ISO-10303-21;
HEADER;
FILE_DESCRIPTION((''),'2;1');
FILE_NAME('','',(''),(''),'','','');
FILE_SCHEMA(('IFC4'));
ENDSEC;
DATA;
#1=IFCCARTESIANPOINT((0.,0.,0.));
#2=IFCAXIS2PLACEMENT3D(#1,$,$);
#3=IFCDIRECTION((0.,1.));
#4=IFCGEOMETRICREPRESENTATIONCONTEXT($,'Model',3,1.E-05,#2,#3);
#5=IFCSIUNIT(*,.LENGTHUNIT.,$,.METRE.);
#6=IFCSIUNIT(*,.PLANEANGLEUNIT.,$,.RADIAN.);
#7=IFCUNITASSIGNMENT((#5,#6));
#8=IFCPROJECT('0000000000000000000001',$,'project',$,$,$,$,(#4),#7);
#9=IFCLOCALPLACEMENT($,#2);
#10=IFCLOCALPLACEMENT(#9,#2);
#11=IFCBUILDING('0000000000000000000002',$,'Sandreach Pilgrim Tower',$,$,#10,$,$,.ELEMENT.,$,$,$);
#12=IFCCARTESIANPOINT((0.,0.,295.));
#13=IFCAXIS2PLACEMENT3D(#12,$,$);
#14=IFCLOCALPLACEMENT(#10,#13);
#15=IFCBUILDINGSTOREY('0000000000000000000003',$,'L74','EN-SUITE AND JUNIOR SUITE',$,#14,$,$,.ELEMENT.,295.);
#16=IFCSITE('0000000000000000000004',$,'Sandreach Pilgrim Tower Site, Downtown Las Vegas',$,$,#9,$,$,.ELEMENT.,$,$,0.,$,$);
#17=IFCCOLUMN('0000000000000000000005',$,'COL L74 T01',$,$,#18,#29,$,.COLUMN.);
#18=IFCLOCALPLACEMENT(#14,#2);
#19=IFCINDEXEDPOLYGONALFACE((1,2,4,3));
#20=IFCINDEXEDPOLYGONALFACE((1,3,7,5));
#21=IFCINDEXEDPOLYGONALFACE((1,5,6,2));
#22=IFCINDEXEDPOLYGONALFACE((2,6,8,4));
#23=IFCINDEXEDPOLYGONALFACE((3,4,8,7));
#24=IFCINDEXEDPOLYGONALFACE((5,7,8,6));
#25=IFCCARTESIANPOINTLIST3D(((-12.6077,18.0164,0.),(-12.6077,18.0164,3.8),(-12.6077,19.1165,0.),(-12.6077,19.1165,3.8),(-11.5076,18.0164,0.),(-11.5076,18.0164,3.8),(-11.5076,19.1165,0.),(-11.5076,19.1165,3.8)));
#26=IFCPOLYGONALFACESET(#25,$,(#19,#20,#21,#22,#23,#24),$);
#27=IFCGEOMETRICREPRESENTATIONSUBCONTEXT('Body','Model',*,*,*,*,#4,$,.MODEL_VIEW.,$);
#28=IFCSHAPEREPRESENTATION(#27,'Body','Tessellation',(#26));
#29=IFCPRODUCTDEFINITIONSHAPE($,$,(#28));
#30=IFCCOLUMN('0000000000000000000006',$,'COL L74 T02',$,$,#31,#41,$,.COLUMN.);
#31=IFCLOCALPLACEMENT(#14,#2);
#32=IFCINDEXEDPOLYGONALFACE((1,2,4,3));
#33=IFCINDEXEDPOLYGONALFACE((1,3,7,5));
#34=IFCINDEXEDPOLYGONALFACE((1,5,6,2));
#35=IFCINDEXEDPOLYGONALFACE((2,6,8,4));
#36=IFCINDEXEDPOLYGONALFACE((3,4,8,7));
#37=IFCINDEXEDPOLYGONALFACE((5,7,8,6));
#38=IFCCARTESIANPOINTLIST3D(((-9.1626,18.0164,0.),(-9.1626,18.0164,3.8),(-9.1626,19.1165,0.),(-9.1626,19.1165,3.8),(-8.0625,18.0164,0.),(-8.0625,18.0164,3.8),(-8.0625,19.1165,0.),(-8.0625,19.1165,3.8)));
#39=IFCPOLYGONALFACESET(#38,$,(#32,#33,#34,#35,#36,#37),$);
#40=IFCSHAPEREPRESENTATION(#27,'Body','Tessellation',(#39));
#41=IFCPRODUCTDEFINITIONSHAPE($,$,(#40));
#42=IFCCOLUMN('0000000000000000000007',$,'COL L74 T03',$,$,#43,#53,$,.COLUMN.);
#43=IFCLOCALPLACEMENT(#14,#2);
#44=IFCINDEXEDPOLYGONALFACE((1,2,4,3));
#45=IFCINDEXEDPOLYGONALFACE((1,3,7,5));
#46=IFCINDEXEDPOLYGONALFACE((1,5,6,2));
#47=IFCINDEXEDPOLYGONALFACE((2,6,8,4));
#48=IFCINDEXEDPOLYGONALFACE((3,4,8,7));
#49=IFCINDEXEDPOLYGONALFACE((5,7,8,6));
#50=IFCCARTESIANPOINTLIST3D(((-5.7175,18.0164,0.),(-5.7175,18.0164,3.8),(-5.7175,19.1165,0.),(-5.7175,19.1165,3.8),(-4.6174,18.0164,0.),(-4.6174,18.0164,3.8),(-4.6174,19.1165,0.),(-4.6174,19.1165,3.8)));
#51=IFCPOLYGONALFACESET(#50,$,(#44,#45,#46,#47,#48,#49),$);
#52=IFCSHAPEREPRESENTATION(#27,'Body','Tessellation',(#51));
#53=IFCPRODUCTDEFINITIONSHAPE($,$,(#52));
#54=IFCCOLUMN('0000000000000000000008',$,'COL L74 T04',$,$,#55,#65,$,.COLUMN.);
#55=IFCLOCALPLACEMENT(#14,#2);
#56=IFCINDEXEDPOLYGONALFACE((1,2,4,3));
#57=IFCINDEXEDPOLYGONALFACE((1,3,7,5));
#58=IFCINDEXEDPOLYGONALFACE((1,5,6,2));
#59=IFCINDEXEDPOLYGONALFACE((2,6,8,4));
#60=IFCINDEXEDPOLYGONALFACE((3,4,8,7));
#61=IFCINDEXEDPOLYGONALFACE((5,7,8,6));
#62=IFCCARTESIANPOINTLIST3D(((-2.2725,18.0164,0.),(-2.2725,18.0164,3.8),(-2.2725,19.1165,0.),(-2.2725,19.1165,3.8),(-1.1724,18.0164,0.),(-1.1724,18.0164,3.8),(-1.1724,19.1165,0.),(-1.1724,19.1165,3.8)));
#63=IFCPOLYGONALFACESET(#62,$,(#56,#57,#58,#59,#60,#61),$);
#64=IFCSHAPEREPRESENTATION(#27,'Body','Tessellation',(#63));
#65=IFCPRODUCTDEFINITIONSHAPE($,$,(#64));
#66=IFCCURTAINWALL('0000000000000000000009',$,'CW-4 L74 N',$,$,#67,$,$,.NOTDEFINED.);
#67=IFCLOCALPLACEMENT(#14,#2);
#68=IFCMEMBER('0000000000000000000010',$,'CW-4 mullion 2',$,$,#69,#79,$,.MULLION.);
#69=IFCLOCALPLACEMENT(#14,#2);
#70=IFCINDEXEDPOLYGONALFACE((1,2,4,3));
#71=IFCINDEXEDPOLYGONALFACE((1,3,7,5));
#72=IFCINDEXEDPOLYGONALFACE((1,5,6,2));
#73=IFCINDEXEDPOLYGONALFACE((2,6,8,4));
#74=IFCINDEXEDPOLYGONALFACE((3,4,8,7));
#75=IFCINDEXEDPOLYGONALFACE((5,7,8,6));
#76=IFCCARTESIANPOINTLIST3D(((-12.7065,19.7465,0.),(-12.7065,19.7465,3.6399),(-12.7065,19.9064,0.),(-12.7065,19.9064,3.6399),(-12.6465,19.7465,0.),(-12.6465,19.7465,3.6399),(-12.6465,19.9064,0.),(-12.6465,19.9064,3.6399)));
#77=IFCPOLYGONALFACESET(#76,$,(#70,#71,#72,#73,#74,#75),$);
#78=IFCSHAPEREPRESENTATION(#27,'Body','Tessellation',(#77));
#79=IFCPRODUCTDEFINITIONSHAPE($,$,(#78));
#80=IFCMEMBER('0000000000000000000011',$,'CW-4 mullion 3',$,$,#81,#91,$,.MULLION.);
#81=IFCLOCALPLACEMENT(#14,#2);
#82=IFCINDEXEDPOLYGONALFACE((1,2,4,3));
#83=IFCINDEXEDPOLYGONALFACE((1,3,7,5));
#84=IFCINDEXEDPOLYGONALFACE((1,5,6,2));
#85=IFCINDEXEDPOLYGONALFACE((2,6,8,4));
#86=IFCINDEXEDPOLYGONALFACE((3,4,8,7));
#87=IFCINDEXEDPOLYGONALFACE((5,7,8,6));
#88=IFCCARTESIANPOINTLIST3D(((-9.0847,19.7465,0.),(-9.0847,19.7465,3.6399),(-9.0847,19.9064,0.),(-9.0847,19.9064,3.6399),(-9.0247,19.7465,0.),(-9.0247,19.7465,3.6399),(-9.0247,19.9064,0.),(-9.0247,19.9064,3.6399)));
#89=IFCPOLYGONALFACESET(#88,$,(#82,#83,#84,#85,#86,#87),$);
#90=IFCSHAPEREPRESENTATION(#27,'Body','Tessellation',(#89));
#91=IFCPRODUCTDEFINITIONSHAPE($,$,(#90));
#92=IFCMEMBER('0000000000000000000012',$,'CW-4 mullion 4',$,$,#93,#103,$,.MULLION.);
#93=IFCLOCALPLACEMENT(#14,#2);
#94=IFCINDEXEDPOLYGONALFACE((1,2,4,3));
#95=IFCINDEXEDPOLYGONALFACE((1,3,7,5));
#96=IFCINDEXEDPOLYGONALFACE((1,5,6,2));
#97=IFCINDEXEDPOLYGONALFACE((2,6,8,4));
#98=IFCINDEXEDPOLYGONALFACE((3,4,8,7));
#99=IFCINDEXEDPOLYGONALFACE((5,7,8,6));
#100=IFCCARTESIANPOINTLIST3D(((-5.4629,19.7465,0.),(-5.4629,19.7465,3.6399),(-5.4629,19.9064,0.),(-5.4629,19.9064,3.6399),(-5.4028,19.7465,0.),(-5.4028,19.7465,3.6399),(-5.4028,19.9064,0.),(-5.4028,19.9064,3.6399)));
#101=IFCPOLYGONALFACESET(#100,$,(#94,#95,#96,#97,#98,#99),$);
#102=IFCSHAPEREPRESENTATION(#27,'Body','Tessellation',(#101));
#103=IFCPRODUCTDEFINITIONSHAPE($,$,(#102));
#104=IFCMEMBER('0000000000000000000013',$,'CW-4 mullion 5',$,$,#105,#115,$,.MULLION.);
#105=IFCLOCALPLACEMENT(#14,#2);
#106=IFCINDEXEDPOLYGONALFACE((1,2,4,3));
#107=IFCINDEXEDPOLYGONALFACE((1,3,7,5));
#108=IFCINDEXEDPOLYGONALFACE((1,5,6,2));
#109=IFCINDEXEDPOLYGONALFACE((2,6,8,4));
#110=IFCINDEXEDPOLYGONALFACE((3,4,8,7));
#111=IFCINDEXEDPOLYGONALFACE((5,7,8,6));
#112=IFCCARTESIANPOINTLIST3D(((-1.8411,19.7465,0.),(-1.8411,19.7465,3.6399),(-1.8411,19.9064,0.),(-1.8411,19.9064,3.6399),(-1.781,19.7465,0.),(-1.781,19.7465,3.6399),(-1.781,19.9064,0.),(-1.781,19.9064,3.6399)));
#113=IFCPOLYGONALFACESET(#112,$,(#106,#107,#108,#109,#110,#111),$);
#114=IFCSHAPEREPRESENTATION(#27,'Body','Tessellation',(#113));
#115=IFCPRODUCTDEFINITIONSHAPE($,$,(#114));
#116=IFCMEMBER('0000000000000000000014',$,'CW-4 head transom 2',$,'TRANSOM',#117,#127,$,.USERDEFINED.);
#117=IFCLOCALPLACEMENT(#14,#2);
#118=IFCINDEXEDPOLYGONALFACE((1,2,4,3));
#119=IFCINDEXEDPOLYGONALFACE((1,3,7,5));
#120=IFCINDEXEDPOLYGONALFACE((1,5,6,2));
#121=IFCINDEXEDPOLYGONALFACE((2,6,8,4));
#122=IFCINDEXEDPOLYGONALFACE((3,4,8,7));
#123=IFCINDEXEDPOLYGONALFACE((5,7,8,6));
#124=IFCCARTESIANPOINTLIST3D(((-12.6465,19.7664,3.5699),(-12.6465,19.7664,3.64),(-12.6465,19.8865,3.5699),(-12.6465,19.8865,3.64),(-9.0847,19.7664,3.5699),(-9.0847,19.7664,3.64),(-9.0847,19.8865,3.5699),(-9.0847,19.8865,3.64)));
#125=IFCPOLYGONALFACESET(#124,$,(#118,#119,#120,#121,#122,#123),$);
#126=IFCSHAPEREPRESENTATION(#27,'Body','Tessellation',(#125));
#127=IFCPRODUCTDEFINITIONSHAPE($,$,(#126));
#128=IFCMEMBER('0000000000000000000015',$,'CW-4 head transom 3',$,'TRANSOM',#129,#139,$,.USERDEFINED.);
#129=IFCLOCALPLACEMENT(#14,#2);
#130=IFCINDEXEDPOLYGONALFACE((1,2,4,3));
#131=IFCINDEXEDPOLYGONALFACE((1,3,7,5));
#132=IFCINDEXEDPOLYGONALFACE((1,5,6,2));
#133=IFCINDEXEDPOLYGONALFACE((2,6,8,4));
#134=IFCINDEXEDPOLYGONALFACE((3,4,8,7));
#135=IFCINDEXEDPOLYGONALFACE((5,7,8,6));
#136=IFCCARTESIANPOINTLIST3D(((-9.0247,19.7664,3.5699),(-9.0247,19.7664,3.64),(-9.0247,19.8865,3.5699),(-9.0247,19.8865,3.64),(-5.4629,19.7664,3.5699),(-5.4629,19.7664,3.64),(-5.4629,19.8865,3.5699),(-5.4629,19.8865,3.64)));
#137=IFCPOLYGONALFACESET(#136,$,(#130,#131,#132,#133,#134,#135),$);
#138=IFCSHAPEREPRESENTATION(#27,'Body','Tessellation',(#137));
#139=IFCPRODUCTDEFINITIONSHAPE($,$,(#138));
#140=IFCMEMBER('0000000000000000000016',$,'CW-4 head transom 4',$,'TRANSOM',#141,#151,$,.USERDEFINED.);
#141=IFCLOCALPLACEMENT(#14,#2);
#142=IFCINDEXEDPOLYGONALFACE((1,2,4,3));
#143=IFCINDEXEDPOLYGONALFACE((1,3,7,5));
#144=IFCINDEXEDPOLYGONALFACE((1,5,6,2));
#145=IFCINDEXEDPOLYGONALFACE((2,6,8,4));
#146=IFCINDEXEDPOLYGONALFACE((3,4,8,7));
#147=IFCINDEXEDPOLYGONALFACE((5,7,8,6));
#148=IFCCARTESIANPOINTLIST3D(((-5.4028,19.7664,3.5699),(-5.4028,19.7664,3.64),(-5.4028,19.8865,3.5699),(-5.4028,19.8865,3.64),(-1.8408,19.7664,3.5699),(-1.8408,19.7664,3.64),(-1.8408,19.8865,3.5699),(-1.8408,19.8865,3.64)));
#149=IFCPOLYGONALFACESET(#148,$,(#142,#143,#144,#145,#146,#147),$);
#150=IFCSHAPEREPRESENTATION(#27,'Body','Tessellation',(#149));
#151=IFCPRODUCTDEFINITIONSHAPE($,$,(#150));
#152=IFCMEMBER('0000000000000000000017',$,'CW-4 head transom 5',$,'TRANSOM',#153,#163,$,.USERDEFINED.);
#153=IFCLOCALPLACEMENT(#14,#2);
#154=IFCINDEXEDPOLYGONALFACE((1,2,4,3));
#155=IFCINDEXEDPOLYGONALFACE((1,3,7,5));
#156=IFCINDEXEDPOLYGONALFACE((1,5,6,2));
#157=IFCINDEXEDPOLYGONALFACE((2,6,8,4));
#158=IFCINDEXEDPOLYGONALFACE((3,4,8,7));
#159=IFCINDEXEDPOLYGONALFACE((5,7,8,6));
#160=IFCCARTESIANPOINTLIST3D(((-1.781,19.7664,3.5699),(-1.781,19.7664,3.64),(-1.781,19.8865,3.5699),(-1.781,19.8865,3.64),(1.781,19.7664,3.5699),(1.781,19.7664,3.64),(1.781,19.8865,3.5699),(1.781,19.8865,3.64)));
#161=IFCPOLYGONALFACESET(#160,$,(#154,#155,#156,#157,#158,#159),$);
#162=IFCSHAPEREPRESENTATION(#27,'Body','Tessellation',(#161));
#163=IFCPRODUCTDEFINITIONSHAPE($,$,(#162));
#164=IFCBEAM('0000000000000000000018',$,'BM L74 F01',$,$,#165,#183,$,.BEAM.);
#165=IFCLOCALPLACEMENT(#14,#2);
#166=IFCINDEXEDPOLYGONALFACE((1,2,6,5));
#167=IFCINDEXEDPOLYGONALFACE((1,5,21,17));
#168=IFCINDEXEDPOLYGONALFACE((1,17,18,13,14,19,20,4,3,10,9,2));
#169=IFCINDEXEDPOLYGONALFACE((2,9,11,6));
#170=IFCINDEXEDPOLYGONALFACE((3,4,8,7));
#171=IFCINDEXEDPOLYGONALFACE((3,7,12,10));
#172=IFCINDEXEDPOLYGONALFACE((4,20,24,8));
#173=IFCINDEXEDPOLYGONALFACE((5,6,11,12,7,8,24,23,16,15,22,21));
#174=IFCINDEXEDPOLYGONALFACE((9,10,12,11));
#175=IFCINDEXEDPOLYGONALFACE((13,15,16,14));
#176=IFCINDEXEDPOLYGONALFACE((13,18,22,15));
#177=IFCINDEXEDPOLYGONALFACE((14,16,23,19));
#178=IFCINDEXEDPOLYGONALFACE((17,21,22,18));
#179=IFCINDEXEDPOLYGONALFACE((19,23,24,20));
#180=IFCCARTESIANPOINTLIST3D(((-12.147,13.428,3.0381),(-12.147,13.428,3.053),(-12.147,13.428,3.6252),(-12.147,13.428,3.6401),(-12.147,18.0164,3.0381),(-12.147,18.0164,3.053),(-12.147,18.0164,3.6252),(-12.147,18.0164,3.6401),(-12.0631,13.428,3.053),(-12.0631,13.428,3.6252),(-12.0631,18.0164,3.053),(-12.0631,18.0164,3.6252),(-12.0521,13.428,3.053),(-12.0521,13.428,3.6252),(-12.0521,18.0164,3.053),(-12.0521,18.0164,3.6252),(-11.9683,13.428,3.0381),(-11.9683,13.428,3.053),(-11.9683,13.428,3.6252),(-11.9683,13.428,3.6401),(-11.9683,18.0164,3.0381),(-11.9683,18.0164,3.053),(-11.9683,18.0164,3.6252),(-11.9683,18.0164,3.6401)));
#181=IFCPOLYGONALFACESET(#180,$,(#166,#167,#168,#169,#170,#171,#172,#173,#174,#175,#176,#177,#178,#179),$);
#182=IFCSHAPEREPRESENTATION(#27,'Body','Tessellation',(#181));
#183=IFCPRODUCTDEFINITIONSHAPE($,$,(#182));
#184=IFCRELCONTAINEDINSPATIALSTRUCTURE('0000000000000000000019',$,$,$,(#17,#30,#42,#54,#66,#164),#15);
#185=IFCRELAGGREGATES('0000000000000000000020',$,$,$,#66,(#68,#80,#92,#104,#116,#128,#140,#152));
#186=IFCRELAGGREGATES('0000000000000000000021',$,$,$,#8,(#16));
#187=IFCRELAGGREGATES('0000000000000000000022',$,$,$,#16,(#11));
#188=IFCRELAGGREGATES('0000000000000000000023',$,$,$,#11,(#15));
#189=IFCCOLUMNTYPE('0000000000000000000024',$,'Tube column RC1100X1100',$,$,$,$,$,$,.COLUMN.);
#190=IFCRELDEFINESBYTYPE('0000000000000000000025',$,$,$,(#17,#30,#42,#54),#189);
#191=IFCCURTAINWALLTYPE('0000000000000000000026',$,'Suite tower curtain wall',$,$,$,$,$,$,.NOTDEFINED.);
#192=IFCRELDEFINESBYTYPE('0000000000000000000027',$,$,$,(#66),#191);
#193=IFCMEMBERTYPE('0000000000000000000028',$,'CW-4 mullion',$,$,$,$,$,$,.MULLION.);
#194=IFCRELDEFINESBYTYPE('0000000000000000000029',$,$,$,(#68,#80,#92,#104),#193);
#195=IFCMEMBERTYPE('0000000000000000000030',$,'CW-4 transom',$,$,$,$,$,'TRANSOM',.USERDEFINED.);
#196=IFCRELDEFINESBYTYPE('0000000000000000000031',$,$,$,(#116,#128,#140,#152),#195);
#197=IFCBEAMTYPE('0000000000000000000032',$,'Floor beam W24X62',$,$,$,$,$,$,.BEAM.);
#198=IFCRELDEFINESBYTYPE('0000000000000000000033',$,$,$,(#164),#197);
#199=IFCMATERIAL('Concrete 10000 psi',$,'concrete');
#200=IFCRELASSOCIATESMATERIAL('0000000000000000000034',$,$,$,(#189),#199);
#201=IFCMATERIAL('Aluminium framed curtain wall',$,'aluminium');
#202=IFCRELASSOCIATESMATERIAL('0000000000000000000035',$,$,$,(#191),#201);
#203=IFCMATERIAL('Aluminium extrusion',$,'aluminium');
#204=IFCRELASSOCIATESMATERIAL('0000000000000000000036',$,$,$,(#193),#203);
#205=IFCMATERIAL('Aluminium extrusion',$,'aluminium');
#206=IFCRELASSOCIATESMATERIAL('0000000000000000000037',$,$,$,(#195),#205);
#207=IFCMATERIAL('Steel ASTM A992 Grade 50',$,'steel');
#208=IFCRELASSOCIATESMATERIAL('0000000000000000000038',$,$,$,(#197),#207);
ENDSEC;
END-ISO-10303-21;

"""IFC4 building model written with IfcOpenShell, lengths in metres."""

from ifc_helpers import new_model, si_unit, direction, frame, origin, origin_2d, place, context, subcontext, project, spatial, rectangle, i_section, extrude, material, material_profile, profile_set, type_object, element, aggregate, save


model = new_model("IFC4")

# Units and contexts
model_context = context("Model", 3, precision=1e-05, world=origin(), true_north=direction((0.0, 1.0)))
body_context = subcontext(model_context, "Body", "Model", "MODEL_VIEW")
ifc_project = project(units=[si_unit("LENGTHUNIT", "METRE"), si_unit("PLANEANGLEUNIT", "RADIAN")], contexts=[model_context])

# Site, building, storey
site_placement = place(None, origin())
site = spatial("IfcSite", under=ifc_project, at=site_placement, Name="Sandreach Pilgrim Tower Site, Downtown Las Vegas", CompositionType="ELEMENT", RefElevation=0.0)
building_placement = place(site_placement, origin())
building = spatial("IfcBuilding", under=site, at=building_placement, Name="Sandreach Pilgrim Tower", CompositionType="ELEMENT")
storey_placement = place(building_placement, frame((0.0, 0.0, 295.0)))
storey = spatial("IfcBuildingStorey", under=building, at=storey_placement, Name="L74", Description="EN-SUITE AND JUNIOR SUITE", CompositionType="ELEMENT", Elevation=295.0)

# Columns
ifc_material_1 = material(Name="Concrete 10000 psi", Category="concrete")
ifc_material_profile_1 = material_profile(ifc_material_1, rectangle(XDim=1.1001, YDim=1.1001, at=origin_2d()), Name="RC1100X1100")
ifc_profile_set_1 = profile_set([ifc_material_profile_1], Name="Concrete 10000 psi")
column_type = type_object("IfcColumnType", Name="Tube column RC1100X1100", PredefinedType="COLUMN", material=ifc_profile_set_1)
for number, where, z_axis, x_axis, name in (
    (1, (-12.0576, 18.5664, 0.0), (0.0, 0.0, 1.0), (0.0, 1.0, 0.0), "COL L74 T01"),
    (2, (-8.6125, 18.5664, 0.0), (0.0, 0.0, 1.0), (0.0, 1.0, 0.0), "COL L74 T02"),
    (3, (-5.1675, 18.5664, 0.0), (0.0, 0.0, 1.0), (0.0, 1.0, 0.0), "COL L74 T03"),
    (4, (-1.7224, 18.5664, 0.0), (0.0, 0.0, 1.0), (0.0, 1.0, 0.0), "COL L74 T04"),
):
    element("IfcColumn", number, at=place(storey_placement, frame(where, z_axis=z_axis, x_axis=x_axis)), inside=storey, type_object=column_type, Name=name, PredefinedType="COLUMN", context=body_context, shape_type="SweptSolid", body=[
        extrude(rectangle(XDim=1.1001, YDim=1.1001, at=origin_2d()), origin(), (0.0, 0.0, 1.0), 3.8),
    ])

# Curtain wall, members
ifc_material_2 = material(Name="Aluminium framed curtain wall", Category="aluminium")
curtain_wall_type = type_object("IfcCurtainWallType", Name="Suite tower curtain wall", PredefinedType="NOTDEFINED", material=ifc_material_2)
curtain_wall_placement = place(storey_placement, origin())
curtain_wall = element("IfcCurtainWall", 5, at=curtain_wall_placement, inside=storey, type_object=curtain_wall_type, Name="CW-4 L74 N", PredefinedType="NOTDEFINED")
ifc_material_3 = material(Name="Aluminium extrusion", Category="aluminium")
ifc_material_profile_2 = material_profile(ifc_material_3, rectangle(XDim=0.0601, YDim=0.1599, at=origin_2d()), Name="CW-4M 60X160")
ifc_profile_set_2 = profile_set([ifc_material_profile_2], Name="Aluminium extrusion")
member_type_1 = type_object("IfcMemberType", Name="CW-4 mullion", PredefinedType="MULLION", material=ifc_profile_set_2)
member_1_placement = place(storey_placement, frame((-12.6765, 19.8264, 0.0), z_axis=(0.0, 0.0, 1.0), x_axis=(1.0, 0.0, 0.0)))
member_1 = element("IfcMember", 6, at=member_1_placement, type_object=member_type_1, Name="CW-4 mullion 2", PredefinedType="MULLION", context=body_context, shape_type="SweptSolid", body=[
    extrude(rectangle(XDim=0.0601, YDim=0.1599, at=origin_2d()), origin(), (0.0, 0.0, 1.0), 3.6399),
])
member_2_placement = place(storey_placement, frame((-9.0547, 19.8264, 0.0), z_axis=(0.0, 0.0, 1.0), x_axis=(1.0, 0.0, 0.0)))
member_2 = element("IfcMember", 7, at=member_2_placement, type_object=member_type_1, Name="CW-4 mullion 3", PredefinedType="MULLION", context=body_context, shape_type="SweptSolid", body=[
    extrude(rectangle(XDim=0.0601, YDim=0.1599, at=origin_2d()), origin(), (0.0, 0.0, 1.0), 3.6399),
])
member_3_placement = place(storey_placement, frame((-5.4329, 19.8264, 0.0), z_axis=(0.0, 0.0, 1.0), x_axis=(1.0, 0.0, 0.0)))
member_3 = element("IfcMember", 8, at=member_3_placement, type_object=member_type_1, Name="CW-4 mullion 4", PredefinedType="MULLION", context=body_context, shape_type="SweptSolid", body=[
    extrude(rectangle(XDim=0.0601, YDim=0.1599, at=origin_2d()), origin(), (0.0, 0.0, 1.0), 3.6399),
])
member_4_placement = place(storey_placement, frame((-1.811, 19.8264, 0.0), z_axis=(0.0, 0.0, 1.0), x_axis=(1.0, 0.0, 0.0)))
member_4 = element("IfcMember", 9, at=member_4_placement, type_object=member_type_1, Name="CW-4 mullion 5", PredefinedType="MULLION", context=body_context, shape_type="SweptSolid", body=[
    extrude(rectangle(XDim=0.0601, YDim=0.1599, at=origin_2d()), origin(), (0.0, 0.0, 1.0), 3.6399),
])
ifc_material_4 = material(Name="Aluminium extrusion", Category="aluminium")
ifc_material_profile_3 = material_profile(ifc_material_4, rectangle(XDim=0.1201, YDim=0.0701, at=origin_2d()), Name="CW-4T 120X70")
ifc_profile_set_3 = profile_set([ifc_material_profile_3], Name="Aluminium extrusion")
member_type_2 = type_object("IfcMemberType", Name="CW-4 transom", ElementType="TRANSOM", PredefinedType="USERDEFINED", material=ifc_profile_set_3)
member_5_placement = place(storey_placement, frame((-12.6465, 19.8264, 3.605), z_axis=(1.0, 0.0, 0.0), x_axis=(0.0, 1.0, 0.0)))
member_5 = element("IfcMember", 10, at=member_5_placement, type_object=member_type_2, Name="CW-4 head transom 2", ObjectType="TRANSOM", PredefinedType="USERDEFINED", context=body_context, shape_type="SweptSolid", body=[
    extrude(rectangle(XDim=0.1201, YDim=0.0701, at=origin_2d()), origin(), (0.0, 0.0, 1.0), 3.5618),
])
member_6_placement = place(storey_placement, frame((-9.0247, 19.8264, 3.605), z_axis=(1.0, 0.0, 0.0), x_axis=(0.0, 1.0, 0.0)))
member_6 = element("IfcMember", 11, at=member_6_placement, type_object=member_type_2, Name="CW-4 head transom 3", ObjectType="TRANSOM", PredefinedType="USERDEFINED", context=body_context, shape_type="SweptSolid", body=[
    extrude(rectangle(XDim=0.1201, YDim=0.0701, at=origin_2d()), origin(), (0.0, 0.0, 1.0), 3.5618),
])
member_7_placement = place(storey_placement, frame((-5.4028, 19.8264, 3.605), z_axis=(1.0, 0.0, 0.0), x_axis=(0.0, 1.0, 0.0)))
member_7 = element("IfcMember", 12, at=member_7_placement, type_object=member_type_2, Name="CW-4 head transom 4", ObjectType="TRANSOM", PredefinedType="USERDEFINED", context=body_context, shape_type="SweptSolid", body=[
    extrude(rectangle(XDim=0.1201, YDim=0.0701, at=origin_2d()), origin(), (0.0, 0.0, 1.0), 3.562),
])
member_8_placement = place(storey_placement, frame((-1.781, 19.8264, 3.605), z_axis=(1.0, 0.0, 0.0), x_axis=(0.0, 1.0, 0.0)))
member_8 = element("IfcMember", 13, at=member_8_placement, type_object=member_type_2, Name="CW-4 head transom 5", ObjectType="TRANSOM", PredefinedType="USERDEFINED", context=body_context, shape_type="SweptSolid", body=[
    extrude(rectangle(XDim=0.1201, YDim=0.0701, at=origin_2d()), origin(), (0.0, 0.0, 1.0), 3.562),
])

# Beam
ifc_material_5 = material(Name="Steel ASTM A992 Grade 50", Category="steel")
ifc_material_profile_4 = material_profile(ifc_material_5, i_section(OverallWidth=0.1787, OverallDepth=0.6021, WebThickness=0.011, FlangeThickness=0.0149, at=origin_2d()), Name="W24X62")
ifc_profile_set_4 = profile_set([ifc_material_profile_4], Name="Steel ASTM A992 Grade 50")
beam_type_1 = type_object("IfcBeamType", Name="Floor beam W24X62", PredefinedType="BEAM", material=ifc_profile_set_4)
beam_1_placement = place(storey_placement, frame((-12.0576, 18.0164, 3.3391), z_axis=(0.0, -1.0, 0.0), x_axis=(1.0, 0.0, 0.0)))
element("IfcBeam", 14, at=beam_1_placement, inside=storey, type_object=beam_type_1, Name="BM L74 F01", PredefinedType="BEAM", context=body_context, shape_type="SweptSolid", body=[
    extrude(i_section(OverallWidth=0.1787, OverallDepth=0.6021, WebThickness=0.011, FlangeThickness=0.0149, at=origin_2d()), origin(), (0.0, 0.0, 1.0), 4.5884),
])

aggregate(curtain_wall, [member_1, member_2, member_3, member_4, member_5, member_6, member_7, member_8])

save(model, "model.ifc")
